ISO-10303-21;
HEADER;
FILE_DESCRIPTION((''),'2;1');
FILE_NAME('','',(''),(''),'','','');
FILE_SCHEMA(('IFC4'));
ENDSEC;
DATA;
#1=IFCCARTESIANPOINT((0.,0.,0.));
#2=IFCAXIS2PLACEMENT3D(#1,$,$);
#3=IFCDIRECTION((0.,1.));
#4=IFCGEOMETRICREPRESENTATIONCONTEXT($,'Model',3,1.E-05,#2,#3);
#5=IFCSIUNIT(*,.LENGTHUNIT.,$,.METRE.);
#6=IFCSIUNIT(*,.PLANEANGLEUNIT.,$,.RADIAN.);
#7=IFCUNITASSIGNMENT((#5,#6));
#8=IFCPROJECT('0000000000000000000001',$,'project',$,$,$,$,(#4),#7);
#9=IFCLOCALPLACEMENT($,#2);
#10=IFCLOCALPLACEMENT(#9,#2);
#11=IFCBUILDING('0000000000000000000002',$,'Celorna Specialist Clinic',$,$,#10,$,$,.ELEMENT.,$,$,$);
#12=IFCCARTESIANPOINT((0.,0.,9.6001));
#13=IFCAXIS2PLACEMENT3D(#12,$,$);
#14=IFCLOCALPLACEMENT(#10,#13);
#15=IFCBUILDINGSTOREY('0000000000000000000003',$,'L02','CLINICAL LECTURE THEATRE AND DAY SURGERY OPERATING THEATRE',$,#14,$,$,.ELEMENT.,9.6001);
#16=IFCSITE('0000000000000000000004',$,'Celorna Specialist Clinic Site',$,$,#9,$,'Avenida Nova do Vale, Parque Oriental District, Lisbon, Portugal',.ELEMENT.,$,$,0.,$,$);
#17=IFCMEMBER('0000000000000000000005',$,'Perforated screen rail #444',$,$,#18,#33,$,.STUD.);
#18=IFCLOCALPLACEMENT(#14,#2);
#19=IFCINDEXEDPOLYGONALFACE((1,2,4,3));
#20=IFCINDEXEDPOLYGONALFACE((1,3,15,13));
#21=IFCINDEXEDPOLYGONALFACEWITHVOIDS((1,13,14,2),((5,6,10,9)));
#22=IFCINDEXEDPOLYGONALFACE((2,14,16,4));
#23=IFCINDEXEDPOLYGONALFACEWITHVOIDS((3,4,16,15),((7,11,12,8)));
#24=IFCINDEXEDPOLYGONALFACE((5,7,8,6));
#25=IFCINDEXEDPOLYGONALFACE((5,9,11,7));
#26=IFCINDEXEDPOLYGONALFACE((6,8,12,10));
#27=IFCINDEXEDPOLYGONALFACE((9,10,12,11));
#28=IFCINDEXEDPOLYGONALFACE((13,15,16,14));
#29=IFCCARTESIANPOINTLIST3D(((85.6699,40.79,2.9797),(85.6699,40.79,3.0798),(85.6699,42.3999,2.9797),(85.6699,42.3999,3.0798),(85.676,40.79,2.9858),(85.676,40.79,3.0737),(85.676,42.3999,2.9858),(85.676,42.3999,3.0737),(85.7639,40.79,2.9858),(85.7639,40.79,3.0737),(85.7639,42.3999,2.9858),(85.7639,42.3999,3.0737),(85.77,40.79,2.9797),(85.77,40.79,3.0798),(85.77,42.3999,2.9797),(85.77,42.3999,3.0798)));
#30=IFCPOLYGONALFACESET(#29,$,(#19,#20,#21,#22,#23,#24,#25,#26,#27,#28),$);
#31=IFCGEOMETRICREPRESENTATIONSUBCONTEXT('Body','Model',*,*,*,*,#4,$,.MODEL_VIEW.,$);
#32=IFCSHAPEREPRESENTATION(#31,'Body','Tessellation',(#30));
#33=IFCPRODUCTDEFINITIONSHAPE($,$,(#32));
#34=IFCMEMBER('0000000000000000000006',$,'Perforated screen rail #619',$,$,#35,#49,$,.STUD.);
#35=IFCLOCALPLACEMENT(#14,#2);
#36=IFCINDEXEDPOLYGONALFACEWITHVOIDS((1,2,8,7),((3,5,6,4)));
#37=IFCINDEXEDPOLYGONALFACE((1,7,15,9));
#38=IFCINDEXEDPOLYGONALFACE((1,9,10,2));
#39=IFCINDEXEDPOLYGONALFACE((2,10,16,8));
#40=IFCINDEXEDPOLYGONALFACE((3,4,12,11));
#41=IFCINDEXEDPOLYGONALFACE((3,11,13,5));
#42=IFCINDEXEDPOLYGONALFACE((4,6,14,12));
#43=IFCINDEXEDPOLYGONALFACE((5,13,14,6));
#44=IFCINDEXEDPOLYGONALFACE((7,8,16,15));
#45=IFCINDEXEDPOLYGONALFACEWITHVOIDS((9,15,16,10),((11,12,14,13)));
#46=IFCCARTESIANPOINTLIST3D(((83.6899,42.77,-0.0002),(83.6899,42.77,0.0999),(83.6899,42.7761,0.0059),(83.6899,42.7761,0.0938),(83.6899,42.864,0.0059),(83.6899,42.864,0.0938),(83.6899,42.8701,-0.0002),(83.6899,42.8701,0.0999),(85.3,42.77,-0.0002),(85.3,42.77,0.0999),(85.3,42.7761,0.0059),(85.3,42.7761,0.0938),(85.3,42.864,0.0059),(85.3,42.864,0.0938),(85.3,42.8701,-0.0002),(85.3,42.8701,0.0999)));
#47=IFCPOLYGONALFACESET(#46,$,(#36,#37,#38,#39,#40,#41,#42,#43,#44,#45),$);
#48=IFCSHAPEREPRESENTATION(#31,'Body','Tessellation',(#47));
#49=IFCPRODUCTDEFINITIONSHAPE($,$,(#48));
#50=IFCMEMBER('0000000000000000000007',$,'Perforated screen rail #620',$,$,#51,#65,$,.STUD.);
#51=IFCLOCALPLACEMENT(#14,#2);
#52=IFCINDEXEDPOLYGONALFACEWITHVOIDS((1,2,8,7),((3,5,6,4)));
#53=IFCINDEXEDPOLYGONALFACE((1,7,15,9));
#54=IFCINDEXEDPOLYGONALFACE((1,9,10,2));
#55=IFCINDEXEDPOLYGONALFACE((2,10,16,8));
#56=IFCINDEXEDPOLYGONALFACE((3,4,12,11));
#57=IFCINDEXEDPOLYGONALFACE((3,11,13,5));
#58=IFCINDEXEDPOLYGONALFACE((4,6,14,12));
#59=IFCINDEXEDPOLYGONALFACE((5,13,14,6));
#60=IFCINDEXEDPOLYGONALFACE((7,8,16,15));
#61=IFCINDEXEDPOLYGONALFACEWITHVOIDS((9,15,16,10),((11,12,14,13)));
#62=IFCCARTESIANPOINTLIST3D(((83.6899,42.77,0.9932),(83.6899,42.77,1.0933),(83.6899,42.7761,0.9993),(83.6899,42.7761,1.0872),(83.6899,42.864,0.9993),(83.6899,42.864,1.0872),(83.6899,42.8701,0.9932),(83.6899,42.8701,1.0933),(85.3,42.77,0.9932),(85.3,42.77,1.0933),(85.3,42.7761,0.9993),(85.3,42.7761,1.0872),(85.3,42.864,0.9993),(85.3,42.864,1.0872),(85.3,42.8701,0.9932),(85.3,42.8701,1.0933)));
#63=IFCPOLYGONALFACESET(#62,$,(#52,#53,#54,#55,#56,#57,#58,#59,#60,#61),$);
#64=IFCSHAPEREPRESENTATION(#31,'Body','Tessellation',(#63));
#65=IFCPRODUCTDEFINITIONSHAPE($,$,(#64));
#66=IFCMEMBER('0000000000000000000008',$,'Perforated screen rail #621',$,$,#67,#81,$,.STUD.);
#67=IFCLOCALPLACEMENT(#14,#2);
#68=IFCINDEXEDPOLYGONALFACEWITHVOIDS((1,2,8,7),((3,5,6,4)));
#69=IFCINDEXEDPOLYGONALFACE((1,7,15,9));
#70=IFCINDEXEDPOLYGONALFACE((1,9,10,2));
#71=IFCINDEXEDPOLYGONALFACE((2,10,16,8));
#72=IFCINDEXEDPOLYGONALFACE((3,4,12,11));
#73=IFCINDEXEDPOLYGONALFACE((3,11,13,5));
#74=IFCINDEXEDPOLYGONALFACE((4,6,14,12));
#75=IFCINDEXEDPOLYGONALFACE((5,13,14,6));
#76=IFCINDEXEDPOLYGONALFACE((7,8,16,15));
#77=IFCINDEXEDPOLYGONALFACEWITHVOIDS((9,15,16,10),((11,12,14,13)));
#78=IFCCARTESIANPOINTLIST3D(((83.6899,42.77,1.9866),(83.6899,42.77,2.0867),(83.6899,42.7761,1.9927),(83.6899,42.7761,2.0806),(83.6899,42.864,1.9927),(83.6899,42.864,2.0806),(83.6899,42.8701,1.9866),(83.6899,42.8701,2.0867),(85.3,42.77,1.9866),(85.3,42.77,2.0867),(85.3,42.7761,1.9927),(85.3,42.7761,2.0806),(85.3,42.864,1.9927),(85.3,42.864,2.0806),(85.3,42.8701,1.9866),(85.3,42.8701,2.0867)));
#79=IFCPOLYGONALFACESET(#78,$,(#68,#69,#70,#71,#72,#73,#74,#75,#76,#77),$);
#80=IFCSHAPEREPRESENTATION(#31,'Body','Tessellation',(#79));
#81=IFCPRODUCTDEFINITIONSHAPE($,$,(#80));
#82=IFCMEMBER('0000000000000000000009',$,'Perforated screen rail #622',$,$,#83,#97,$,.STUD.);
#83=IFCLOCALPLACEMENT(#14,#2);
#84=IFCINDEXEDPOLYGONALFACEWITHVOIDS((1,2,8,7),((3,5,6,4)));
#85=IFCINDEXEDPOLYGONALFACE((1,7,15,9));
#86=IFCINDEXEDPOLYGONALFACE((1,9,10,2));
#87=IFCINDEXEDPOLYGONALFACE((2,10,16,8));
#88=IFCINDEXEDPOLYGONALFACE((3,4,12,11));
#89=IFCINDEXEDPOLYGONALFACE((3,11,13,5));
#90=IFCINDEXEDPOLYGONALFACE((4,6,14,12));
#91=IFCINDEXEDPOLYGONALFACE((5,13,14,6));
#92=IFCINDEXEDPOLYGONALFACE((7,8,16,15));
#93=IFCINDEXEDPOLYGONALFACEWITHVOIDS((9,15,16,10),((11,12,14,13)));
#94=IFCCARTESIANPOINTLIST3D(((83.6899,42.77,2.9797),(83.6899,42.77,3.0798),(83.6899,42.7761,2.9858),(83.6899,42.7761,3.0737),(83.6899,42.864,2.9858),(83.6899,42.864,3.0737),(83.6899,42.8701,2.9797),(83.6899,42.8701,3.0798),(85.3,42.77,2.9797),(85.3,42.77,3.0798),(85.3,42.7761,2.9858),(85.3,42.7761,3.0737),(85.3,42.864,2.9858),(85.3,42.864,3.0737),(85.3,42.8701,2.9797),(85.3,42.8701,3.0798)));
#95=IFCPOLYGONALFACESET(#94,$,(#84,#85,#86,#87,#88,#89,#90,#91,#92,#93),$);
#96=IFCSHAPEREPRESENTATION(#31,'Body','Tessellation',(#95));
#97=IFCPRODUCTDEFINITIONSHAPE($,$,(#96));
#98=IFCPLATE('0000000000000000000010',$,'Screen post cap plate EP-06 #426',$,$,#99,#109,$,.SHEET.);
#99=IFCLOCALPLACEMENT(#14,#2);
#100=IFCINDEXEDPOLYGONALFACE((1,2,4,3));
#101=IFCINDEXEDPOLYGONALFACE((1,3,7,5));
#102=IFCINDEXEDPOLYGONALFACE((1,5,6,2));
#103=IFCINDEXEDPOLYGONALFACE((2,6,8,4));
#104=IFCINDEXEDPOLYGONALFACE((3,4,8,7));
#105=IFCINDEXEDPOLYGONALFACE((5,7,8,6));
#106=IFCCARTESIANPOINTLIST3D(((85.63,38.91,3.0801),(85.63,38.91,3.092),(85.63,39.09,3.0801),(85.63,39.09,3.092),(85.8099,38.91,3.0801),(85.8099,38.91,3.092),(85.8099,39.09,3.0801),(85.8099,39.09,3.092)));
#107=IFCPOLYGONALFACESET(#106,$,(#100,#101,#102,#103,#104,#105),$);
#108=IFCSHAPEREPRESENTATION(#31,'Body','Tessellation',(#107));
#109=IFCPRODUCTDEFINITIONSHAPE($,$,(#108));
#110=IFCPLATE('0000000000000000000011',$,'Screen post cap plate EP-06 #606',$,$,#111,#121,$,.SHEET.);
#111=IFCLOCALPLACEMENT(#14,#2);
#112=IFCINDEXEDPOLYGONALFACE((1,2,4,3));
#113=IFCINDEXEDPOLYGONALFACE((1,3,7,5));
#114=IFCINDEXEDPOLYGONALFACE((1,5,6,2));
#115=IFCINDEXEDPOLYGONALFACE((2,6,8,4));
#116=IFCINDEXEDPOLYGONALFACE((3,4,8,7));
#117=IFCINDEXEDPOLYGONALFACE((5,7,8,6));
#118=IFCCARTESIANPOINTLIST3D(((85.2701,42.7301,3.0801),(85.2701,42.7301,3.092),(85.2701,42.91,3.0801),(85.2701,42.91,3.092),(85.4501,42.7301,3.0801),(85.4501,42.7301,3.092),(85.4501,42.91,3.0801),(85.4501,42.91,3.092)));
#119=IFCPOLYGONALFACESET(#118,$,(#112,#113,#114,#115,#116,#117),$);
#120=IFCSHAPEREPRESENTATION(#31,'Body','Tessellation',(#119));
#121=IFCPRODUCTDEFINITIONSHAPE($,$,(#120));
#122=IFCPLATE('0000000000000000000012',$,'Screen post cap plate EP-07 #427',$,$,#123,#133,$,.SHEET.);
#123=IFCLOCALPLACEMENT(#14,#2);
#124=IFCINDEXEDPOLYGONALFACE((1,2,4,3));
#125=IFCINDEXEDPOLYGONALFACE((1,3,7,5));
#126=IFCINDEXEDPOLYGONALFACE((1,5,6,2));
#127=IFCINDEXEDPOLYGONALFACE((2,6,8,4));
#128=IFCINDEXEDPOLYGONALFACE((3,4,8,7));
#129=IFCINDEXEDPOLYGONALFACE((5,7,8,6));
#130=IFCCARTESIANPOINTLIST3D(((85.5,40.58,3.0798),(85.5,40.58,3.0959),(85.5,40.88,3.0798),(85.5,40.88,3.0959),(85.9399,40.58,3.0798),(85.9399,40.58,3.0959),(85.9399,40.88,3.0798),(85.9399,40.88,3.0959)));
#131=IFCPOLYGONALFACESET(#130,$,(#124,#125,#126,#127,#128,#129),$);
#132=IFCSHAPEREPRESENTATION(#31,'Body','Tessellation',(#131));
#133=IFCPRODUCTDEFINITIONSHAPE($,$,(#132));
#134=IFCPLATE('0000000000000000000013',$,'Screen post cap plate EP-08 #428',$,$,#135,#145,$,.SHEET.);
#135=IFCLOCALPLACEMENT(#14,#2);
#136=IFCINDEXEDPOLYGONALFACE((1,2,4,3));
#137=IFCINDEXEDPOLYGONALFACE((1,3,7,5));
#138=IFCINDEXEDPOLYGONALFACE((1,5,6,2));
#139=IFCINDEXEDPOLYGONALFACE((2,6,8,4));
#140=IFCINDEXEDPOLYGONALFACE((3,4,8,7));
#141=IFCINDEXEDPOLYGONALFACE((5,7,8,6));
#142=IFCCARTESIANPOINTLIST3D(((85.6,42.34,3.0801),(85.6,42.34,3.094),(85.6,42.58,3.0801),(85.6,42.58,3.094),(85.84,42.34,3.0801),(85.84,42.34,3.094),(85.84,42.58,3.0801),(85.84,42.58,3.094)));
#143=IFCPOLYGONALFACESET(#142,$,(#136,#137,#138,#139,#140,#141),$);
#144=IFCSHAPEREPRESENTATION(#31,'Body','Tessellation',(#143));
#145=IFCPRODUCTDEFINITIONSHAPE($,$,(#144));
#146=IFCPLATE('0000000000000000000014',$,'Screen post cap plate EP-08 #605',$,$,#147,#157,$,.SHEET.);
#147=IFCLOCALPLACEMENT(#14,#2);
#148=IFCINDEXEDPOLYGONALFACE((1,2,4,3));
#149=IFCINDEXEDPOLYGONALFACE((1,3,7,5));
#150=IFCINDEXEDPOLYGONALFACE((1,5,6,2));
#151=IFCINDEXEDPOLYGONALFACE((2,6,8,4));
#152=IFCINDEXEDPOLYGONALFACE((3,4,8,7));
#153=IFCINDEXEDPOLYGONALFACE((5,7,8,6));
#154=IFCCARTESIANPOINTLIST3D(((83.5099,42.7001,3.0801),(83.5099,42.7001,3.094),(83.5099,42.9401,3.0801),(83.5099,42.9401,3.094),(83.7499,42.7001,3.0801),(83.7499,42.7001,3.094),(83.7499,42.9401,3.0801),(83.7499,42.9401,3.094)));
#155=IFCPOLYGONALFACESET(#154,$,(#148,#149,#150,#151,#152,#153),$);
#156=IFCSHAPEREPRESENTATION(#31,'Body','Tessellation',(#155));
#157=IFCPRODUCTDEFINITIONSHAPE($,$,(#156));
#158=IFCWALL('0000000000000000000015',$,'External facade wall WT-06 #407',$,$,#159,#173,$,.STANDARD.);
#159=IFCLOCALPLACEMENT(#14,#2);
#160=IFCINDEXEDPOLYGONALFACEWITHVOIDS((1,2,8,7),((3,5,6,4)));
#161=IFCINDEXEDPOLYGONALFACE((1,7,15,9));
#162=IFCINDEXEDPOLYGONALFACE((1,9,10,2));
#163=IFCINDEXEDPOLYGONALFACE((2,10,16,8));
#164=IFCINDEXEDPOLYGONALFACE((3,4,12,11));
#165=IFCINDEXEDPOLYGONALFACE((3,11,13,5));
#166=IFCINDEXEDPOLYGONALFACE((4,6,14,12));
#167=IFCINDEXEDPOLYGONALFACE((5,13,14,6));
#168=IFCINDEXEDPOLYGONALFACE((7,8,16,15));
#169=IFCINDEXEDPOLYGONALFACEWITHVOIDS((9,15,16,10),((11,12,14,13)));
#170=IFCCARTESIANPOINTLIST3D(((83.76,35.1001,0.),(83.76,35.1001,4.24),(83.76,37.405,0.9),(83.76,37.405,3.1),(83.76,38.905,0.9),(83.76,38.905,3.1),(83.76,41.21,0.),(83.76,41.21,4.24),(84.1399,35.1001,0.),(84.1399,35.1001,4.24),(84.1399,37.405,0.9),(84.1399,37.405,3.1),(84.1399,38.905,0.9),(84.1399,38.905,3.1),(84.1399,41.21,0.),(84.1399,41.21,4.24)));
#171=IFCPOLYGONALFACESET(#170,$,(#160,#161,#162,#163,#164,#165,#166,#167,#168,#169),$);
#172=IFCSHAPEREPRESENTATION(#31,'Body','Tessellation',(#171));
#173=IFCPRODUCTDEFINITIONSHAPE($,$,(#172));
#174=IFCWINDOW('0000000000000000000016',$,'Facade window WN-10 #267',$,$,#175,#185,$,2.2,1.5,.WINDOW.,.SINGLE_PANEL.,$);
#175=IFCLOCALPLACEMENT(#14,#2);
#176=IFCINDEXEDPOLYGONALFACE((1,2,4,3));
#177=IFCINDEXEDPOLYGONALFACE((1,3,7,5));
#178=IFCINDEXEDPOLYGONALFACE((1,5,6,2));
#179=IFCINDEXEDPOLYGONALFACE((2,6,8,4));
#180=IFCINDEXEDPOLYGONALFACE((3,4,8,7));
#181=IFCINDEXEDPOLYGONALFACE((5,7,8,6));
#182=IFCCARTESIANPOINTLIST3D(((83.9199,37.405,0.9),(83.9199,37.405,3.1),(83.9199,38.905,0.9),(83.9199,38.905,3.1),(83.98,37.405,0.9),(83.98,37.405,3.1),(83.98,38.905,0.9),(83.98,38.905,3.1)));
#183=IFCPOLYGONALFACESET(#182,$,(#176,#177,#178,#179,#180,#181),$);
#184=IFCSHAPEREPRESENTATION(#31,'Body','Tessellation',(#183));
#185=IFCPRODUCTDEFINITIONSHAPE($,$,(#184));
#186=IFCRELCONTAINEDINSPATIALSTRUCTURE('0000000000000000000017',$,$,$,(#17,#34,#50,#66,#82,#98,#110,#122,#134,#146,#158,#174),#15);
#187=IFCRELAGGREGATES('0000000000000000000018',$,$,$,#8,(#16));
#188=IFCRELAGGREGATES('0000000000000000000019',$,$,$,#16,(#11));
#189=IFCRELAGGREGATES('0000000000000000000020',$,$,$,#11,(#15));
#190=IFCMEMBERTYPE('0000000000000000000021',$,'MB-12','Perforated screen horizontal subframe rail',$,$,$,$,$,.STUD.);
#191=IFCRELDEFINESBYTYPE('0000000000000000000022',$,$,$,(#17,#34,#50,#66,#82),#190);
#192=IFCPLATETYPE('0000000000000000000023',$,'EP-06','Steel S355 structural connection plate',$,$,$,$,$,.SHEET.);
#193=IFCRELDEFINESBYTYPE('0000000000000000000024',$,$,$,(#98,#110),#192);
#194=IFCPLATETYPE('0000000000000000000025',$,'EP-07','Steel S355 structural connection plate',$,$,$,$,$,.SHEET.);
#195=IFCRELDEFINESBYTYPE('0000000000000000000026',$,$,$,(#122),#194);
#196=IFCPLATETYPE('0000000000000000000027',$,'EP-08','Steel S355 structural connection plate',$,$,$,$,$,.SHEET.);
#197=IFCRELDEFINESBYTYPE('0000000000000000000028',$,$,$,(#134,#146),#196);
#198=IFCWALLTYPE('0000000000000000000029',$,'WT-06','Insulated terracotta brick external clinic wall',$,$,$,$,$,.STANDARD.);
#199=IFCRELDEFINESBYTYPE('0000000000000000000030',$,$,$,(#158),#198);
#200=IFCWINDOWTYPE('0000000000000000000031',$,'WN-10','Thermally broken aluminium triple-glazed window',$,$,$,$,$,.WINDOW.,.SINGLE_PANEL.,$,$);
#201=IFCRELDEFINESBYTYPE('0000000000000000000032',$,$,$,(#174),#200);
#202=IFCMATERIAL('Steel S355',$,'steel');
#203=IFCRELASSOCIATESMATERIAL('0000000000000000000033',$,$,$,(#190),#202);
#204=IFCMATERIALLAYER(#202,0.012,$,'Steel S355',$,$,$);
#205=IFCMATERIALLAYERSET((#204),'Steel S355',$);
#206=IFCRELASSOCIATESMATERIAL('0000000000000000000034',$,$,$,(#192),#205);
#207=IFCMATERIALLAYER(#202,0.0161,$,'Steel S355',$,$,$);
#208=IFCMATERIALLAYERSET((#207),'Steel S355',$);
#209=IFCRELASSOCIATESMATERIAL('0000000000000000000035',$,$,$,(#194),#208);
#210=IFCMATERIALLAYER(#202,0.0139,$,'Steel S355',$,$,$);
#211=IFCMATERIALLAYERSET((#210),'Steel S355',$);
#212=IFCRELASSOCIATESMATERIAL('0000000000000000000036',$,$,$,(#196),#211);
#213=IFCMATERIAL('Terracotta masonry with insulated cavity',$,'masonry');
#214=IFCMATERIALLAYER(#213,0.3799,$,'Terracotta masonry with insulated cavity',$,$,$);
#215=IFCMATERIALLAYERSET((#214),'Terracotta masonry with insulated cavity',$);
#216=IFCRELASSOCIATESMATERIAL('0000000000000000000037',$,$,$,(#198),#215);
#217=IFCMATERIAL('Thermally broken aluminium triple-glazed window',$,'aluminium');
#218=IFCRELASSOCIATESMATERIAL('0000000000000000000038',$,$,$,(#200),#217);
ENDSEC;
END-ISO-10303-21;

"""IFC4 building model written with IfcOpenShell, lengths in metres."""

from ifc_helpers import new_model, si_unit, direction, frame, frame_2d, origin, origin_2d, place, context, subcontext, project, spatial, rectangle, hollow_rectangle, extrude, material, layer, layer_set, material_profile, profile_set, type_object, element, fill, save


model = new_model("IFC4")

# Units and contexts
model_context = context("Model", 3, precision=1e-05, world=origin(), true_north=direction((0.0, 1.0)))
body_context = subcontext(model_context, "Body", "Model", "MODEL_VIEW")
ifc_project = project(units=[si_unit("LENGTHUNIT", "METRE"), si_unit("PLANEANGLEUNIT", "RADIAN")], contexts=[model_context])

# Site, building, storey
site_placement = place(None, origin())
site = spatial("IfcSite", under=ifc_project, at=site_placement, Name="Celorna Specialist Clinic Site", LongName="Avenida Nova do Vale, Parque Oriental District, Lisbon, Portugal", CompositionType="ELEMENT", RefElevation=0.0)
building_placement = place(site_placement, origin())
building = spatial("IfcBuilding", under=site, at=building_placement, Name="Celorna Specialist Clinic", CompositionType="ELEMENT")
storey_placement = place(building_placement, frame((0.0, 0.0, 9.6001)))
storey = spatial("IfcBuildingStorey", under=building, at=storey_placement, Name="L02", Description="CLINICAL LECTURE THEATRE AND DAY SURGERY OPERATING THEATRE", CompositionType="ELEMENT", Elevation=9.6001)

# Members
ifc_material_1 = material(Name="Steel S355", Category="steel")
ifc_material_profile_1 = material_profile(ifc_material_1, hollow_rectangle(XDim=0.1001, YDim=0.1001, WallThickness=0.0061, at=origin_2d()), Name="SHS 100x100x6")
ifc_profile_set_1 = profile_set([ifc_material_profile_1], Name="Steel S355")
member_type_1 = type_object("IfcMemberType", Name="MB-12", Description="Perforated screen horizontal subframe rail", PredefinedType="STUD", material=ifc_profile_set_1)
for number, where, z_axis, x_axis, name in (
    (1, (85.72, 40.79, 3.0298), (0.0, 1.0, 0.0), (-1.0, 0.0, 0.0), "Perforated screen rail #444"),
):
    element("IfcMember", number, at=place(storey_placement, frame(where, z_axis=z_axis, x_axis=x_axis)), inside=storey, type_object=member_type_1, Name=name, PredefinedType="STUD", context=body_context, shape_type="SweptSolid", body=[
        extrude(hollow_rectangle(XDim=0.1001, YDim=0.1001, WallThickness=0.0061, at=origin_2d()), origin(), (0.0, 0.0, 1.0), 1.6099),
    ])
for number, where, z_axis, x_axis, name in (
    (2, (83.6899, 42.8201, 0.0498), (1.0, 0.0, 0.0), (0.0, 1.0, 0.0), "Perforated screen rail #619"),
    (3, (83.6899, 42.8201, 1.0432), (1.0, 0.0, 0.0), (0.0, 1.0, 0.0), "Perforated screen rail #620"),
    (4, (83.6899, 42.8201, 2.0366), (1.0, 0.0, 0.0), (0.0, 1.0, 0.0), "Perforated screen rail #621"),
    (5, (83.6899, 42.8201, 3.0298), (1.0, 0.0, 0.0), (0.0, 1.0, 0.0), "Perforated screen rail #622"),
):
    element("IfcMember", number, at=place(storey_placement, frame(where, z_axis=z_axis, x_axis=x_axis)), inside=storey, type_object=member_type_1, Name=name, PredefinedType="STUD", context=body_context, shape_type="SweptSolid", body=[
        extrude(hollow_rectangle(XDim=0.1001, YDim=0.1001, WallThickness=0.0061, at=origin_2d()), origin(), (0.0, 0.0, 1.0), 1.6101),
    ])

# Plates
ifc_layer_1 = layer(ifc_material_1, 0.012, Name="Steel S355")
ifc_layer_set_1 = layer_set([ifc_layer_1], Name="Steel S355")
plate_type_1 = type_object("IfcPlateType", Name="EP-06", Description="Steel S355 structural connection plate", PredefinedType="SHEET", material=ifc_layer_set_1)
for number, where, z_axis, x_axis, name in (
    (6, (85.72, 39.0, 3.0801), (0.0, 0.0, 1.0), (0.0, 1.0, 0.0), "Screen post cap plate EP-06 #426"),
    (7, (85.3601, 42.8201, 3.0801), (0.0, 0.0, 1.0), (1.0, 0.0, 0.0), "Screen post cap plate EP-06 #606"),
):
    element("IfcPlate", number, at=place(storey_placement, frame(where, z_axis=z_axis, x_axis=x_axis)), inside=storey, type_object=plate_type_1, Name=name, PredefinedType="SHEET", context=body_context, shape_type="SweptSolid", body=[
        extrude(rectangle(XDim=0.1799, YDim=0.1799, at=origin_2d()), origin(), (0.0, 0.0, 1.0), 0.012),
    ])
ifc_layer_2 = layer(ifc_material_1, 0.0161, Name="Steel S355")
ifc_layer_set_2 = layer_set([ifc_layer_2], Name="Steel S355")
plate_type_2 = type_object("IfcPlateType", Name="EP-07", Description="Steel S355 structural connection plate", PredefinedType="SHEET", material=ifc_layer_set_2)
plate_placement = place(storey_placement, frame((85.72, 40.73, 3.0798), z_axis=(0.0, 0.0, 1.0), x_axis=(0.0, 1.0, 0.0)))
element("IfcPlate", 8, at=plate_placement, inside=storey, type_object=plate_type_2, Name="Screen post cap plate EP-07 #427", PredefinedType="SHEET", context=body_context, shape_type="SweptSolid", body=[
    extrude(rectangle(XDim=0.3, YDim=0.4399, at=origin_2d()), origin(), (0.0, 0.0, 1.0), 0.0161),
])
ifc_layer_3 = layer(ifc_material_1, 0.0139, Name="Steel S355")
ifc_layer_set_3 = layer_set([ifc_layer_3], Name="Steel S355")
plate_type_3 = type_object("IfcPlateType", Name="EP-08", Description="Steel S355 structural connection plate", PredefinedType="SHEET", material=ifc_layer_set_3)
for number, where, z_axis, x_axis, name in (
    (9, (85.72, 42.46, 3.0801), (0.0, 0.0, 1.0), (0.0, 1.0, 0.0), "Screen post cap plate EP-08 #428"),
    (10, (83.6299, 42.8201, 3.0801), (0.0, 0.0, 1.0), (1.0, 0.0, 0.0), "Screen post cap plate EP-08 #605"),
):
    element("IfcPlate", number, at=place(storey_placement, frame(where, z_axis=z_axis, x_axis=x_axis)), inside=storey, type_object=plate_type_3, Name=name, PredefinedType="SHEET", context=body_context, shape_type="SweptSolid", body=[
        extrude(rectangle(XDim=0.24, YDim=0.24, at=origin_2d()), origin(), (0.0, 0.0, 1.0), 0.0139),
    ])

# Wall, opening, window
ifc_material_2 = material(Name="Terracotta masonry with insulated cavity", Category="masonry")
ifc_layer_4 = layer(ifc_material_2, 0.3799, Name="Terracotta masonry with insulated cavity")
ifc_layer_set_4 = layer_set([ifc_layer_4], Name="Terracotta masonry with insulated cavity")
wall_type = type_object("IfcWallType", Name="WT-06", Description="Insulated terracotta brick external clinic wall", PredefinedType="STANDARD", material=ifc_layer_set_4)
wall_placement = place(storey_placement, frame((83.95, 41.21, 0.0), z_axis=(0.0, 0.0, 1.0), x_axis=(0.0, -1.0, 0.0)))
wall = element("IfcWall", 11, at=wall_placement, inside=storey, type_object=wall_type, Name="External facade wall WT-06 #407", PredefinedType="STANDARD", context=body_context, shape_type="SweptSolid", body=[
    extrude(rectangle(XDim=6.1099, YDim=0.3799, at=frame_2d((3.0549, 0.0))), origin(), (0.0, 0.0, 1.0), 4.24),
])
opening_placement = place(wall_placement, frame((2.3049, 0.0, 0.8999)))
opening = element("IfcOpeningElement", 12, at=opening_placement, cuts=wall, PredefinedType="OPENING", context=body_context, shape_type="SweptSolid", body=[
    extrude(rectangle(XDim=1.5, YDim=2.2, at=frame_2d((0.75, 1.1001))), frame((0.0, 0.2, 0.0), z_axis=(0.0, -1.0, 0.0), x_axis=(1.0, 0.0, 0.0)), (0.0, 0.0, 1.0), 0.3999),
])
ifc_material_3 = material(Name="Thermally broken aluminium triple-glazed window", Category="aluminium")
window_type = type_object("IfcWindowType", Name="WN-10", Description="Thermally broken aluminium triple-glazed window", PartitioningType="SINGLE_PANEL", PredefinedType="WINDOW", material=ifc_material_3)
window_placement = place(opening_placement, origin())
window = element("IfcWindow", 13, at=window_placement, inside=storey, type_object=window_type, Name="Facade window WN-10 #267", OverallHeight=2.2, OverallWidth=1.5, PartitioningType="SINGLE_PANEL", PredefinedType="WINDOW", context=body_context, shape_type="SweptSolid", body=[
    extrude(rectangle(XDim=1.5, YDim=2.2, at=frame_2d((0.75, 1.1001))), frame((0.0, 0.03, 0.0), z_axis=(0.0, -1.0, 0.0), x_axis=(1.0, 0.0, 0.0)), (0.0, 0.0, 1.0), 0.0601),
])
fill(opening, window)

save(model, "model.ifc")
